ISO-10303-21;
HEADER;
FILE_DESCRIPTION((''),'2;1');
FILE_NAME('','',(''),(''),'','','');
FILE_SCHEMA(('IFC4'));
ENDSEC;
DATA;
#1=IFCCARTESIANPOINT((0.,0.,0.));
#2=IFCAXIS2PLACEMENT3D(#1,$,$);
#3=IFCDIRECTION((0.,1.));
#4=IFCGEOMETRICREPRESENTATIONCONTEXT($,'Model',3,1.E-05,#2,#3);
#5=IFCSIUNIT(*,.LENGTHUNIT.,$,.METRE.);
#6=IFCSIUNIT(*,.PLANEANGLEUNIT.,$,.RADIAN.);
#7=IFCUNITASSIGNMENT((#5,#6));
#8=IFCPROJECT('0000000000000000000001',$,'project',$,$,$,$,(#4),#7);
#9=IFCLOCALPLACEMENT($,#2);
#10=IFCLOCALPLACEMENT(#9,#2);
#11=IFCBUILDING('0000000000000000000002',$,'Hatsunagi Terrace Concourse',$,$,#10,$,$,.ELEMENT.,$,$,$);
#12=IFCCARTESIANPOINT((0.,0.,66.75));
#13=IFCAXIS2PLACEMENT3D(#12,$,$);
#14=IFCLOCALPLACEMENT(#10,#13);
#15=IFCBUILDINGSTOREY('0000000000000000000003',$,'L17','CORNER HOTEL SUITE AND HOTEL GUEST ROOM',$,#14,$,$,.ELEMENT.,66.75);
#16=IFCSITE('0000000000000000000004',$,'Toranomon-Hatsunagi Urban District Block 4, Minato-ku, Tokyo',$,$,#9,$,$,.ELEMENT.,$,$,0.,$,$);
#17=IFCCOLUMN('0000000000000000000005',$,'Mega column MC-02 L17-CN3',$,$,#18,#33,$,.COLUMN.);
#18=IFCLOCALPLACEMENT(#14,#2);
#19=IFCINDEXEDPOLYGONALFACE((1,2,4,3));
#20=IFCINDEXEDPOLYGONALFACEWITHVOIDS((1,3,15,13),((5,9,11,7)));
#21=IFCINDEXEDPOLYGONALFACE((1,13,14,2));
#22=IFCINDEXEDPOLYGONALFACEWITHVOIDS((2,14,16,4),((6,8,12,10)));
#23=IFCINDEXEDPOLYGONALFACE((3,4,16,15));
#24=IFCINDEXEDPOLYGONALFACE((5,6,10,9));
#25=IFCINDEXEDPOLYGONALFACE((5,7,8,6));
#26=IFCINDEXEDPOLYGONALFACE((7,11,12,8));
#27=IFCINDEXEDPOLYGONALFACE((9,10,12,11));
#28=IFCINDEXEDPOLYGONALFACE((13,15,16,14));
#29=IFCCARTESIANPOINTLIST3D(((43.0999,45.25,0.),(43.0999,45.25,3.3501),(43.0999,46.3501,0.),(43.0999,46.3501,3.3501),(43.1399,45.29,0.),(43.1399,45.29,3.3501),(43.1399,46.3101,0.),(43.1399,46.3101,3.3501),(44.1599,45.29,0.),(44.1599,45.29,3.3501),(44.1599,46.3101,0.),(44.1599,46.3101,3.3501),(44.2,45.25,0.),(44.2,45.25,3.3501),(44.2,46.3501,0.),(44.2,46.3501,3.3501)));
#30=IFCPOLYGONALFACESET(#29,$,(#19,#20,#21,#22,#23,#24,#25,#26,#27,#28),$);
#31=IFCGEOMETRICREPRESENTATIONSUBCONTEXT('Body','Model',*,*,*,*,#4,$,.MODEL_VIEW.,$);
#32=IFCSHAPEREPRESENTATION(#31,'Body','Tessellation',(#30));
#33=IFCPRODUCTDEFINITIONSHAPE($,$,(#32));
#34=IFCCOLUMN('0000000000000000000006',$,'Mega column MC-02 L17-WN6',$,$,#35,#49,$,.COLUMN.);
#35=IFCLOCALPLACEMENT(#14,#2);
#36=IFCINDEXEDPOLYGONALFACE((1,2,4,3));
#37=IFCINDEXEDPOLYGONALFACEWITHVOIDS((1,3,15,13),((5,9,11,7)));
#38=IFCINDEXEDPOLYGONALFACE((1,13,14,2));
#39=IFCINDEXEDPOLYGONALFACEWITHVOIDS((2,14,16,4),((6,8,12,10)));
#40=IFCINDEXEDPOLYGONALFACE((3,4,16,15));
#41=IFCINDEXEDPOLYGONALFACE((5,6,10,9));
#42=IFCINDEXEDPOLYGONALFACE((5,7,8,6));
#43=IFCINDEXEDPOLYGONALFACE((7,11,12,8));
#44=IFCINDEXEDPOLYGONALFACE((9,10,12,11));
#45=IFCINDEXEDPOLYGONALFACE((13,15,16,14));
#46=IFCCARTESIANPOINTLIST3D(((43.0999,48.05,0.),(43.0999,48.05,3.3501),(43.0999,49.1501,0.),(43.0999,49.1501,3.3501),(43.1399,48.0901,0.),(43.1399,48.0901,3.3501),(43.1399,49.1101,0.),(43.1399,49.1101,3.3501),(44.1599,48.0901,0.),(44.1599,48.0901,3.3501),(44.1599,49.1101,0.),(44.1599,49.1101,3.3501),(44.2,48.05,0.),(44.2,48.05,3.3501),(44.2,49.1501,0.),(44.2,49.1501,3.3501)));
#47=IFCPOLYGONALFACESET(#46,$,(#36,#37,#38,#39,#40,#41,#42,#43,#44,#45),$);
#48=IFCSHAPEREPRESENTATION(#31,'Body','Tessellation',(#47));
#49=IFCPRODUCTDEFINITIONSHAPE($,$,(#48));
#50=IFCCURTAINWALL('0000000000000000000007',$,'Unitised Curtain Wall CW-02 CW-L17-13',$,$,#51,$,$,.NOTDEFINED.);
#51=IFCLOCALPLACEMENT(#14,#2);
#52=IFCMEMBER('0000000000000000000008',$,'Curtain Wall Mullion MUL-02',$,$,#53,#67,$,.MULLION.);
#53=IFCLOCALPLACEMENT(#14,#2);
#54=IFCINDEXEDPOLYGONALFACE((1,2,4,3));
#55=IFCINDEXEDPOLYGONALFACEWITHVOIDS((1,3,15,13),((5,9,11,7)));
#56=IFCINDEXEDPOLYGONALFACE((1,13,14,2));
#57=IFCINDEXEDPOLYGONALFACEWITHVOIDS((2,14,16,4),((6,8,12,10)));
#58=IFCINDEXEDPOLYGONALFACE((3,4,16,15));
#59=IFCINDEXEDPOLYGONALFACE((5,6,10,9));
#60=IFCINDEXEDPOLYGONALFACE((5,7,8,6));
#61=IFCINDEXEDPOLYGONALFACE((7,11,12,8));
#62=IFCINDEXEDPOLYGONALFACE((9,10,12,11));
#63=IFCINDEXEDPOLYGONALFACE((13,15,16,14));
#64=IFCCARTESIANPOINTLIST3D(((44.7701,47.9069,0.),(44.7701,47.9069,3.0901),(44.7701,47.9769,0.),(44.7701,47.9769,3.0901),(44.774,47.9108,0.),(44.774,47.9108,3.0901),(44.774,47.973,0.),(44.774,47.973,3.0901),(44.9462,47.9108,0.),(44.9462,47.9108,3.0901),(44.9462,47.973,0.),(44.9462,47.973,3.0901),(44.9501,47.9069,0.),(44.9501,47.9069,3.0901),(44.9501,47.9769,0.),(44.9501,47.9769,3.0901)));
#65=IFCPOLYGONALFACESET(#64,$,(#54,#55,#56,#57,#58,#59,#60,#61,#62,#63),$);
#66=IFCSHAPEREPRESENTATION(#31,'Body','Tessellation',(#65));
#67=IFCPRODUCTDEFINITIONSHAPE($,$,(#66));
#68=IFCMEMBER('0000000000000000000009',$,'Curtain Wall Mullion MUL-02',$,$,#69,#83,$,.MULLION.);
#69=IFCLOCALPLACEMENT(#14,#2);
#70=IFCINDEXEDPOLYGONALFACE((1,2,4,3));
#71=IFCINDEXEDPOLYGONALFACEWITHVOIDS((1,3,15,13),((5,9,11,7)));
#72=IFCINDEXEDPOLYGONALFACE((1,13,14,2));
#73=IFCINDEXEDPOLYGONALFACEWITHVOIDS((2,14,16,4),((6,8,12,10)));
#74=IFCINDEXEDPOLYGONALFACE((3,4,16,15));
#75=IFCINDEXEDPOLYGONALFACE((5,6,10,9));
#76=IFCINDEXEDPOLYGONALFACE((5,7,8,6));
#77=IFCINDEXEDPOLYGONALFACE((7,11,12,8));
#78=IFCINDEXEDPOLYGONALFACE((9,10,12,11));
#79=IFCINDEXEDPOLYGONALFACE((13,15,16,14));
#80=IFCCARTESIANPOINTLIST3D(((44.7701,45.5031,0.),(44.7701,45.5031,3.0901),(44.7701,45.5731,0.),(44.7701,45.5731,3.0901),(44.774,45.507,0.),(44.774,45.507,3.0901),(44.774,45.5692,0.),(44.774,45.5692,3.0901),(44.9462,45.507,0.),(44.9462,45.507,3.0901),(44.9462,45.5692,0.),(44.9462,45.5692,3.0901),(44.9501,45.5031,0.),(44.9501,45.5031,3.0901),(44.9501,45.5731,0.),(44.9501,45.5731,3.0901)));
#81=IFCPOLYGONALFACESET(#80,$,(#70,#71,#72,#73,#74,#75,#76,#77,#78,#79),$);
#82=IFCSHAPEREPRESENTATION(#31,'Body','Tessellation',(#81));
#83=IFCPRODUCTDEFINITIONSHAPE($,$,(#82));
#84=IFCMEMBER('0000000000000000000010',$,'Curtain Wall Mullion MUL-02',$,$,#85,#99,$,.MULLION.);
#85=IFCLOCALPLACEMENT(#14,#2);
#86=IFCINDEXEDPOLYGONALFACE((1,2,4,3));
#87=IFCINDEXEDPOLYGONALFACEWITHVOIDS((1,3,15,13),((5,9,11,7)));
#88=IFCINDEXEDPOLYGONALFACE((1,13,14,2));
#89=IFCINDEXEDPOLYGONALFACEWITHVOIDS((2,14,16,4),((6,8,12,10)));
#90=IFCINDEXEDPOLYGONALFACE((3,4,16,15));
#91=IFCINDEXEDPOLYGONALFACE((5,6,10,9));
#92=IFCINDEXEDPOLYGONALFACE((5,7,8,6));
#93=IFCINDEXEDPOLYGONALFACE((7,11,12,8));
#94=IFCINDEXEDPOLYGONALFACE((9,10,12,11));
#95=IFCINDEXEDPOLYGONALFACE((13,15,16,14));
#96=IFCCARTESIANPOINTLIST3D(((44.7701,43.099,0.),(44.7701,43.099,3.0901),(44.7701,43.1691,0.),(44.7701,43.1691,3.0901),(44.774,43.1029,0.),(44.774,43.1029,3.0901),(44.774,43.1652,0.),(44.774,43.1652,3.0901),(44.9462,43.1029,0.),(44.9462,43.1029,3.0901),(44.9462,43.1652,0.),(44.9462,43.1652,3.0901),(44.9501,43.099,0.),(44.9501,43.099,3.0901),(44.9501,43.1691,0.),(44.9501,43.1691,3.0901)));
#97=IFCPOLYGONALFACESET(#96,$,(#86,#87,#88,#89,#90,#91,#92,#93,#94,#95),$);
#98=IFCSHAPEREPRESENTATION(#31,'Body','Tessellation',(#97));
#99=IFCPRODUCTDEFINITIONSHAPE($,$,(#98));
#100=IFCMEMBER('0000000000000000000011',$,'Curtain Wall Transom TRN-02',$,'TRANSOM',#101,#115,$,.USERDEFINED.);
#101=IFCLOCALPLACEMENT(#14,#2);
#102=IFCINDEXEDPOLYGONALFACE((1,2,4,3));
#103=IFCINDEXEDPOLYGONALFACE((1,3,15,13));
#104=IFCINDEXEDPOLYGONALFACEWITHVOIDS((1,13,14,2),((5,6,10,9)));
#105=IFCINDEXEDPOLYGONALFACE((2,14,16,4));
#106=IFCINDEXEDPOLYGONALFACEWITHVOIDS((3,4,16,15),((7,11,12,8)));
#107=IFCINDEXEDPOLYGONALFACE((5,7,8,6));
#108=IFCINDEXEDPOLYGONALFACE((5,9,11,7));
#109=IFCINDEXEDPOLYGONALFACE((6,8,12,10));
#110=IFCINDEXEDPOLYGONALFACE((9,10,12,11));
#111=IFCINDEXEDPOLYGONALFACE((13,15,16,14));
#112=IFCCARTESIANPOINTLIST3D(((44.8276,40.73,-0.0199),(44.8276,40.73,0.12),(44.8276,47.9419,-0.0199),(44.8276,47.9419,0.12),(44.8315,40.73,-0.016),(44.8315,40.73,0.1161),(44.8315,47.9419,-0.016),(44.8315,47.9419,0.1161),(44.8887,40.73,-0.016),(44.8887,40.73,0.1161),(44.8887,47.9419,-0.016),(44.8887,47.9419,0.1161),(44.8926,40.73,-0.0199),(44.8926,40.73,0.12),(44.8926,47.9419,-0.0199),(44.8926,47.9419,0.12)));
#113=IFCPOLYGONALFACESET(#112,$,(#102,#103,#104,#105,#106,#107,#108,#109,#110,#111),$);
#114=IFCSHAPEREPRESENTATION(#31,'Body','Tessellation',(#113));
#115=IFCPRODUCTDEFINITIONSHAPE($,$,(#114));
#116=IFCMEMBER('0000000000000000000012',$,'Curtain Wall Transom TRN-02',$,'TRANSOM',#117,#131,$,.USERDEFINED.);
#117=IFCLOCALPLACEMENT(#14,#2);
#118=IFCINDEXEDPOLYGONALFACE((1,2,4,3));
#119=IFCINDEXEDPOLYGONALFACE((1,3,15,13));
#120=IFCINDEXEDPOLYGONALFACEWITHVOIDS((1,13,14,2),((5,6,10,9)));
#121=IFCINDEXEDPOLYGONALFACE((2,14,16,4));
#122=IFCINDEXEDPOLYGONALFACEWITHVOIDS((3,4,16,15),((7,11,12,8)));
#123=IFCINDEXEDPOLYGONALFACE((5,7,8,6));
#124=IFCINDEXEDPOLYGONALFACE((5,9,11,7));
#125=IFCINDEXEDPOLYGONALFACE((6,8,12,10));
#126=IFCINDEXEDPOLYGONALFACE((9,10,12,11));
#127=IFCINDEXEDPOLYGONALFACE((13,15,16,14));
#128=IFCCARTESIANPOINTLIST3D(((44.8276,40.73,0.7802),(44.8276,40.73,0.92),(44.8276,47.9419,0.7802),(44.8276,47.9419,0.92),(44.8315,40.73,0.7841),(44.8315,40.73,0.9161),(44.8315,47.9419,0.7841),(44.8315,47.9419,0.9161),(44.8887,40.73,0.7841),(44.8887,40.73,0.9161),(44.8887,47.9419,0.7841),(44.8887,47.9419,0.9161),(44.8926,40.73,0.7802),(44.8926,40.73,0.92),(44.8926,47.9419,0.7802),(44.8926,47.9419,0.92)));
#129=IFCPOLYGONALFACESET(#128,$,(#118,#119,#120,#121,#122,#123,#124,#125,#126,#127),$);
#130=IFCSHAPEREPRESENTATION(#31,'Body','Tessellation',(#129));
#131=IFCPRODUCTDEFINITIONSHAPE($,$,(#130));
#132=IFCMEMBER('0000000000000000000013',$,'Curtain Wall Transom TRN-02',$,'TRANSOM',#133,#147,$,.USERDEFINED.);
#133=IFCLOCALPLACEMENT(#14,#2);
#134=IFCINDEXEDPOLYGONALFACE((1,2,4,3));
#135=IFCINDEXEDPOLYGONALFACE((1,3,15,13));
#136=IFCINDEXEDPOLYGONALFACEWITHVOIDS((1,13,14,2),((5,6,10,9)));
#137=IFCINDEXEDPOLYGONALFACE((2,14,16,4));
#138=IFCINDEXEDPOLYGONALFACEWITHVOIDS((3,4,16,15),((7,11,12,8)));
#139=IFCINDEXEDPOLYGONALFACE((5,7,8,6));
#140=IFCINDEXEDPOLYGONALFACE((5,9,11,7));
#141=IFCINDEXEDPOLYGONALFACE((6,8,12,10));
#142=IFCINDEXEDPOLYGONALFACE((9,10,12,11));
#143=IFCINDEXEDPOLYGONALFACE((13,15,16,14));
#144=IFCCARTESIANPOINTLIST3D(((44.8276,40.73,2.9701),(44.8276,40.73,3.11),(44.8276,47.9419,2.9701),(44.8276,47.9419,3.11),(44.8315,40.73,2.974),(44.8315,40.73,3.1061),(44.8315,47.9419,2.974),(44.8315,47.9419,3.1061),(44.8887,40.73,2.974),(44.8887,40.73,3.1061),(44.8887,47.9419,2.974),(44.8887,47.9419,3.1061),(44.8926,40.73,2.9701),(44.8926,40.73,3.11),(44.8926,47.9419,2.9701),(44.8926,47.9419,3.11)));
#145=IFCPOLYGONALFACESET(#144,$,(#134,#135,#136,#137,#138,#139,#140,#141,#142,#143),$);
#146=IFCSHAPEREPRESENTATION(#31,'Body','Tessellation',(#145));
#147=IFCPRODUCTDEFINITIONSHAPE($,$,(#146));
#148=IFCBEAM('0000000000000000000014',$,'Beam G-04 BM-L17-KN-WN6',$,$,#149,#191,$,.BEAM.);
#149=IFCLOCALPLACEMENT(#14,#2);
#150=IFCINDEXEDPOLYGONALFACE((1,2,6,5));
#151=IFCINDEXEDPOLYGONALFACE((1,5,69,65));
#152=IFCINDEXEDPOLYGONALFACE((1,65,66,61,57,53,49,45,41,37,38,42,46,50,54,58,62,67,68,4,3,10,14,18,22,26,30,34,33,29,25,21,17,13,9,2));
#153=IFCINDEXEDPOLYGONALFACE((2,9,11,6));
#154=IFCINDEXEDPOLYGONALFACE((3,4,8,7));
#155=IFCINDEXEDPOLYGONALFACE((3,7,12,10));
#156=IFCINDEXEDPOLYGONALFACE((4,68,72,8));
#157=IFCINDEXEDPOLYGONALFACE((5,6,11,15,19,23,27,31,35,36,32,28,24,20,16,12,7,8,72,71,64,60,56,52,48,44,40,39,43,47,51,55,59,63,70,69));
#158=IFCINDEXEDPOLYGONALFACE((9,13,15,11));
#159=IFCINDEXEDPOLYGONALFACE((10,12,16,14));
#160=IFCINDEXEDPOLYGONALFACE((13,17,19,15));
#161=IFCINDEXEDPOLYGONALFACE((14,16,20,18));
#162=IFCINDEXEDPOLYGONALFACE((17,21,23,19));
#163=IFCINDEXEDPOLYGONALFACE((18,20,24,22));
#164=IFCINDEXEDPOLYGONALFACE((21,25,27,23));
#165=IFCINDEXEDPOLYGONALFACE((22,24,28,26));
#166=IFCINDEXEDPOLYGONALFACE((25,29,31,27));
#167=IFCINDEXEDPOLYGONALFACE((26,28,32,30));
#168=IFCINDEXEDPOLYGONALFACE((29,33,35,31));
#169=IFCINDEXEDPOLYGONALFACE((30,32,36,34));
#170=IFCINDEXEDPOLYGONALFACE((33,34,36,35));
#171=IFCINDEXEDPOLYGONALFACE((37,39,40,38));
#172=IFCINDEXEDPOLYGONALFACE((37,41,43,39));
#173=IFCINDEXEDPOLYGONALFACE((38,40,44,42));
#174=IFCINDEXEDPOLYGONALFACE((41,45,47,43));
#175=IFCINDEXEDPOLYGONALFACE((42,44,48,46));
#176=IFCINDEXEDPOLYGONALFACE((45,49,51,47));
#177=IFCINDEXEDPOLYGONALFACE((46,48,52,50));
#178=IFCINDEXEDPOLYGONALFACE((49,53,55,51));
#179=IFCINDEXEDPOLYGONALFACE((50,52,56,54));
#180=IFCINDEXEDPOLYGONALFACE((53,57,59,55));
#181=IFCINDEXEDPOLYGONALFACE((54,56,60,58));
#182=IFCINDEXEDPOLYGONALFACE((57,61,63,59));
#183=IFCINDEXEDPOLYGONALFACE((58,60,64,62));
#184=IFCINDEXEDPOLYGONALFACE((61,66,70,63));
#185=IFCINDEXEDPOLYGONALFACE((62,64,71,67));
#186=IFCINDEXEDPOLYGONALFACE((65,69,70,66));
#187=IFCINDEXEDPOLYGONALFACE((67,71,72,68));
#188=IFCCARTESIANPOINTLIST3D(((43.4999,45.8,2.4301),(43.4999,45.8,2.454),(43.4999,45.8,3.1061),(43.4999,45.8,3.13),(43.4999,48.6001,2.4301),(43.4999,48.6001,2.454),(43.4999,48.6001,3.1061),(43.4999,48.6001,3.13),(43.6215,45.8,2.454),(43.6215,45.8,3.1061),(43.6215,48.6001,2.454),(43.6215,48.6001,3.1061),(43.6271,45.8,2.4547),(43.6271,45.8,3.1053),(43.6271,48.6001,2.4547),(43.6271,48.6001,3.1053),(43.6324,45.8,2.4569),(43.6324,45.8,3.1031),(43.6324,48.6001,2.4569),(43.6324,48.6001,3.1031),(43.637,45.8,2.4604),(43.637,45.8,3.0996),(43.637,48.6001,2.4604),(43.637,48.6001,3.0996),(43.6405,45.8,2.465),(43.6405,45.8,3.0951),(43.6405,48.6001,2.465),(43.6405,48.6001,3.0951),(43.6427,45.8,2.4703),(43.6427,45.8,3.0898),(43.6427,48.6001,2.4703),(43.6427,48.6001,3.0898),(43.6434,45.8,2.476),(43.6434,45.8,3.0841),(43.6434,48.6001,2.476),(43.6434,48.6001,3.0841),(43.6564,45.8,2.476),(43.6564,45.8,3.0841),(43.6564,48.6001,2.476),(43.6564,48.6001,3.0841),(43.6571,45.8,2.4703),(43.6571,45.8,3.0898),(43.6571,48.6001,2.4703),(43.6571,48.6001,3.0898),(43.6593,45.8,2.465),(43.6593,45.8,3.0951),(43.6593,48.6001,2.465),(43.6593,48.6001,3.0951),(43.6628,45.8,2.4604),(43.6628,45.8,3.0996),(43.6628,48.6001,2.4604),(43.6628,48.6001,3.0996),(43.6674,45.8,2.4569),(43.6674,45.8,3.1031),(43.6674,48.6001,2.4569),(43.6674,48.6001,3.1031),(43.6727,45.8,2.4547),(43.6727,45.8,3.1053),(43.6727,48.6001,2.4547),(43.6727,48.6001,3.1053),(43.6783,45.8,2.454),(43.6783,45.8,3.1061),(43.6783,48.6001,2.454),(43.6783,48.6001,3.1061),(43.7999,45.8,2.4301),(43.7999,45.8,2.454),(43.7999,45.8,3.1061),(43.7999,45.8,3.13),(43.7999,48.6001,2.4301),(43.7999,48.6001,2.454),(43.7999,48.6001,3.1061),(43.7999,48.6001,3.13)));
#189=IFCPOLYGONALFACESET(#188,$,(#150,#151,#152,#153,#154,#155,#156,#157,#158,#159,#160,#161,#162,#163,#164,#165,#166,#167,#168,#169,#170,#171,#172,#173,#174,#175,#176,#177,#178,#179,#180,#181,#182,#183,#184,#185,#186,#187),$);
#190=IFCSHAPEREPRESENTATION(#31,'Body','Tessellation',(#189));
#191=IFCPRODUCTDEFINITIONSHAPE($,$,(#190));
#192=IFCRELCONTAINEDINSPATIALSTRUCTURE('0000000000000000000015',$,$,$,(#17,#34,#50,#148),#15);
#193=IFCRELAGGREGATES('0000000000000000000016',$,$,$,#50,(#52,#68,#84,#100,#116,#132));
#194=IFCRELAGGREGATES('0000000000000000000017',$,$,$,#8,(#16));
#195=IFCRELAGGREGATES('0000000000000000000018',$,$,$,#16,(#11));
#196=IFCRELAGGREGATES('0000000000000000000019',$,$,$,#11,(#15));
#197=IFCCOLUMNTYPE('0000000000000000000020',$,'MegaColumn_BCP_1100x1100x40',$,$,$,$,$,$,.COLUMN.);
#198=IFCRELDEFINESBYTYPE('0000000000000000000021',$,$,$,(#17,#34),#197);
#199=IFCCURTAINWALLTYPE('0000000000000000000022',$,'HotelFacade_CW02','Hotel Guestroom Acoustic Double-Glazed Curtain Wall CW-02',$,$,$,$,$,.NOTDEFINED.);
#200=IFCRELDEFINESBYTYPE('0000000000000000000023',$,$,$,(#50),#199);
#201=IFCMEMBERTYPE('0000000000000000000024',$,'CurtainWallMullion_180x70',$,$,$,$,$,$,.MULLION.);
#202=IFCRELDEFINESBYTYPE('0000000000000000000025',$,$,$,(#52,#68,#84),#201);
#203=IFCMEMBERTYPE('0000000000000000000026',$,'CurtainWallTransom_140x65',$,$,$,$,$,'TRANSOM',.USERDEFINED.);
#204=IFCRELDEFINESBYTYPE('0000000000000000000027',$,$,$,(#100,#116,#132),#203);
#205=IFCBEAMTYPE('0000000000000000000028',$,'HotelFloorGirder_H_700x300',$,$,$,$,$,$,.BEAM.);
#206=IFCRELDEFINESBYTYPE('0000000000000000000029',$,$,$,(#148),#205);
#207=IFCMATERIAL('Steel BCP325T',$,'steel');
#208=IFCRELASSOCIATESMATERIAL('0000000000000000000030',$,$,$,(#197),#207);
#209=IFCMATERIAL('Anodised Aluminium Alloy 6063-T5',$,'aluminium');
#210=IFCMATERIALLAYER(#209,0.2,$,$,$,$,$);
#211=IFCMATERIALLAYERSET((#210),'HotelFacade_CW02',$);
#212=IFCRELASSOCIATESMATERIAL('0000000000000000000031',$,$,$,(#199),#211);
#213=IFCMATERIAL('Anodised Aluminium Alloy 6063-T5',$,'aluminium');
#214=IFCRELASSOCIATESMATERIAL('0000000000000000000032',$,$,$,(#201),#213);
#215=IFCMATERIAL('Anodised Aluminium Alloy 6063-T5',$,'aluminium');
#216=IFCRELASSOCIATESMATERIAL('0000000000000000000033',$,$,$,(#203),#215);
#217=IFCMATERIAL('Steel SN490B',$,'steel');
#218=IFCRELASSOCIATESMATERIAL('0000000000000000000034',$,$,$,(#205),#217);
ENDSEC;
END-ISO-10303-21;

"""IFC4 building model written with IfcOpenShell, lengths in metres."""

from ifc_helpers import new_model, si_unit, direction, frame, origin, origin_2d, place, context, subcontext, project, spatial, hollow_rectangle, i_section, extrude, material, layer, layer_set, material_profile, profile_set, type_object, element, aggregate, save


model = new_model("IFC4")

# Units and contexts
model_context = context("Model", 3, precision=1e-05, world=origin(), true_north=direction((0.0, 1.0)))
body_context = subcontext(model_context, "Body", "Model", "MODEL_VIEW")
ifc_project = project(units=[si_unit("LENGTHUNIT", "METRE"), si_unit("PLANEANGLEUNIT", "RADIAN")], contexts=[model_context])

# Site, building, storey
site_placement = place(None, origin())
site = spatial("IfcSite", under=ifc_project, at=site_placement, Name="Toranomon-Hatsunagi Urban District Block 4, Minato-ku, Tokyo", CompositionType="ELEMENT", RefElevation=0.0)
building_placement = place(site_placement, origin())
building = spatial("IfcBuilding", under=site, at=building_placement, Name="Hatsunagi Terrace Concourse", CompositionType="ELEMENT")
storey_placement = place(building_placement, frame((0.0, 0.0, 66.75)))
storey = spatial("IfcBuildingStorey", under=building, at=storey_placement, Name="L17", Description="CORNER HOTEL SUITE AND HOTEL GUEST ROOM", CompositionType="ELEMENT", Elevation=66.75)

# Columns
ifc_material_1 = material(Name="Steel BCP325T", Category="steel")
ifc_material_profile_1 = material_profile(ifc_material_1, hollow_rectangle(XDim=1.1001, YDim=1.1001, WallThickness=0.04, at=origin_2d()), Name="BCP-1100x1100x40")
ifc_profile_set_1 = profile_set([ifc_material_profile_1], Name="Steel BCP325T")
column_type = type_object("IfcColumnType", Name="MegaColumn_BCP_1100x1100x40", PredefinedType="COLUMN", material=ifc_profile_set_1)
for number, where, z_axis, x_axis, name in (
    (1, (43.6499, 45.8, 0.0), (0.0, 0.0, 1.0), (1.0, 0.0, 0.0), "Mega column MC-02 L17-CN3"),
    (2, (43.6499, 48.6001, 0.0), (0.0, 0.0, 1.0), (1.0, 0.0, 0.0), "Mega column MC-02 L17-WN6"),
):
    element("IfcColumn", number, at=place(storey_placement, frame(where, z_axis=z_axis, x_axis=x_axis)), inside=storey, type_object=column_type, Name=name, PredefinedType="COLUMN", context=body_context, shape_type="SweptSolid", body=[
        extrude(hollow_rectangle(XDim=1.1001, YDim=1.1001, WallThickness=0.04, at=origin_2d()), origin(), (0.0, 0.0, 1.0), 3.3501),
    ])

# Curtain wall, members
ifc_material_2 = material(Name="Anodised Aluminium Alloy 6063-T5", Category="aluminium")
ifc_layer_1 = layer(ifc_material_2, 0.2)
ifc_layer_set_1 = layer_set([ifc_layer_1], Name="HotelFacade_CW02")
curtain_wall_type = type_object("IfcCurtainWallType", Name="HotelFacade_CW02", Description="Hotel Guestroom Acoustic Double-Glazed Curtain Wall CW-02", PredefinedType="NOTDEFINED", material=ifc_layer_set_1)
curtain_wall_placement = place(storey_placement, origin())
curtain_wall = element("IfcCurtainWall", 3, at=curtain_wall_placement, inside=storey, type_object=curtain_wall_type, Name="Unitised Curtain Wall CW-02 CW-L17-13", PredefinedType="NOTDEFINED")
ifc_material_3 = material(Name="Anodised Aluminium Alloy 6063-T5", Category="aluminium")
ifc_material_profile_2 = material_profile(ifc_material_3, hollow_rectangle(XDim=0.0701, YDim=0.1799, WallThickness=0.0039, at=origin_2d()), Name="ALU-MUL-180x70x4")
ifc_profile_set_2 = profile_set([ifc_material_profile_2], Name="Anodised Aluminium Alloy 6063-T5")
member_type_1 = type_object("IfcMemberType", Name="CurtainWallMullion_180x70", PredefinedType="MULLION", material=ifc_profile_set_2)
member_1_placement = place(storey_placement, frame((44.8601, 47.9419, 0.0), z_axis=(0.0, 0.0, 1.0), x_axis=(0.0, -1.0, 0.0)))
member_1 = element("IfcMember", 4, at=member_1_placement, type_object=member_type_1, Name="Curtain Wall Mullion MUL-02", PredefinedType="MULLION", context=body_context, shape_type="SweptSolid", body=[
    extrude(hollow_rectangle(XDim=0.0701, YDim=0.1799, WallThickness=0.0039, at=origin_2d()), origin(), (0.0, 0.0, 1.0), 3.0901),
])
member_2_placement = place(storey_placement, frame((44.8601, 45.5381, 0.0), z_axis=(0.0, 0.0, 1.0), x_axis=(0.0, -1.0, 0.0)))
member_2 = element("IfcMember", 5, at=member_2_placement, type_object=member_type_1, Name="Curtain Wall Mullion MUL-02", PredefinedType="MULLION", context=body_context, shape_type="SweptSolid", body=[
    extrude(hollow_rectangle(XDim=0.0701, YDim=0.1799, WallThickness=0.0039, at=origin_2d()), origin(), (0.0, 0.0, 1.0), 3.0901),
])
member_3_placement = place(storey_placement, frame((44.8601, 43.134, 0.0), z_axis=(0.0, 0.0, 1.0), x_axis=(0.0, -1.0, 0.0)))
member_3 = element("IfcMember", 6, at=member_3_placement, type_object=member_type_1, Name="Curtain Wall Mullion MUL-02", PredefinedType="MULLION", context=body_context, shape_type="SweptSolid", body=[
    extrude(hollow_rectangle(XDim=0.0701, YDim=0.1799, WallThickness=0.0039, at=origin_2d()), origin(), (0.0, 0.0, 1.0), 3.0901),
])
ifc_material_4 = material(Name="Anodised Aluminium Alloy 6063-T5", Category="aluminium")
ifc_material_profile_3 = material_profile(ifc_material_4, hollow_rectangle(XDim=0.0649, YDim=0.1399, WallThickness=0.0039, at=origin_2d()), Name="ALU-TRN-140x65x4")
ifc_profile_set_3 = profile_set([ifc_material_profile_3], Name="Anodised Aluminium Alloy 6063-T5")
member_type_2 = type_object("IfcMemberType", Name="CurtainWallTransom_140x65", ElementType="TRANSOM", PredefinedType="USERDEFINED", material=ifc_profile_set_3)
member_4_placement = place(storey_placement, frame((44.8601, 47.9419, 0.05), z_axis=(0.0, -1.0, 0.0), x_axis=(1.0, 0.0, 0.0)))
member_4 = element("IfcMember", 7, at=member_4_placement, type_object=member_type_2, Name="Curtain Wall Transom TRN-02", ObjectType="TRANSOM", PredefinedType="USERDEFINED", context=body_context, shape_type="SweptSolid", body=[
    extrude(hollow_rectangle(XDim=0.0649, YDim=0.1399, WallThickness=0.0039, at=origin_2d()), origin(), (0.0, 0.0, 1.0), 7.2119),
])
member_5_placement = place(storey_placement, frame((44.8601, 47.9419, 0.8501), z_axis=(0.0, -1.0, 0.0), x_axis=(1.0, 0.0, 0.0)))
member_5 = element("IfcMember", 8, at=member_5_placement, type_object=member_type_2, Name="Curtain Wall Transom TRN-02", ObjectType="TRANSOM", PredefinedType="USERDEFINED", context=body_context, shape_type="SweptSolid", body=[
    extrude(hollow_rectangle(XDim=0.0649, YDim=0.1399, WallThickness=0.0039, at=origin_2d()), origin(), (0.0, 0.0, 1.0), 7.2119),
])
member_6_placement = place(storey_placement, frame((44.8601, 47.9419, 3.04), z_axis=(0.0, -1.0, 0.0), x_axis=(1.0, 0.0, 0.0)))
member_6 = element("IfcMember", 9, at=member_6_placement, type_object=member_type_2, Name="Curtain Wall Transom TRN-02", ObjectType="TRANSOM", PredefinedType="USERDEFINED", context=body_context, shape_type="SweptSolid", body=[
    extrude(hollow_rectangle(XDim=0.0649, YDim=0.1399, WallThickness=0.0039, at=origin_2d()), origin(), (0.0, 0.0, 1.0), 7.2119),
])

# Beam
ifc_material_5 = material(Name="Steel SN490B", Category="steel")
ifc_material_profile_4 = material_profile(ifc_material_5, i_section(OverallWidth=0.3, OverallDepth=0.7, WebThickness=0.0129, FlangeThickness=0.0239, FilletRadius=0.022, at=origin_2d()), Name="H-700x300x13x24")
ifc_profile_set_4 = profile_set([ifc_material_profile_4], Name="Steel SN490B")
beam_type = type_object("IfcBeamType", Name="HotelFloorGirder_H_700x300", PredefinedType="BEAM", material=ifc_profile_set_4)
beam_placement = place(storey_placement, frame((43.6499, 45.8, 2.78), z_axis=(0.0, 1.0, 0.0), x_axis=(-1.0, 0.0, 0.0)))
element("IfcBeam", 10, at=beam_placement, inside=storey, type_object=beam_type, Name="Beam G-04 BM-L17-KN-WN6", PredefinedType="BEAM", context=body_context, shape_type="SweptSolid", body=[
    extrude(i_section(OverallWidth=0.3, OverallDepth=0.7, WebThickness=0.0129, FlangeThickness=0.0239, FilletRadius=0.022, at=origin_2d()), origin(), (0.0, 0.0, 1.0), 2.8),
])

aggregate(curtain_wall, [member_1, member_2, member_3, member_4, member_5, member_6])

save(model, "model.ifc")
